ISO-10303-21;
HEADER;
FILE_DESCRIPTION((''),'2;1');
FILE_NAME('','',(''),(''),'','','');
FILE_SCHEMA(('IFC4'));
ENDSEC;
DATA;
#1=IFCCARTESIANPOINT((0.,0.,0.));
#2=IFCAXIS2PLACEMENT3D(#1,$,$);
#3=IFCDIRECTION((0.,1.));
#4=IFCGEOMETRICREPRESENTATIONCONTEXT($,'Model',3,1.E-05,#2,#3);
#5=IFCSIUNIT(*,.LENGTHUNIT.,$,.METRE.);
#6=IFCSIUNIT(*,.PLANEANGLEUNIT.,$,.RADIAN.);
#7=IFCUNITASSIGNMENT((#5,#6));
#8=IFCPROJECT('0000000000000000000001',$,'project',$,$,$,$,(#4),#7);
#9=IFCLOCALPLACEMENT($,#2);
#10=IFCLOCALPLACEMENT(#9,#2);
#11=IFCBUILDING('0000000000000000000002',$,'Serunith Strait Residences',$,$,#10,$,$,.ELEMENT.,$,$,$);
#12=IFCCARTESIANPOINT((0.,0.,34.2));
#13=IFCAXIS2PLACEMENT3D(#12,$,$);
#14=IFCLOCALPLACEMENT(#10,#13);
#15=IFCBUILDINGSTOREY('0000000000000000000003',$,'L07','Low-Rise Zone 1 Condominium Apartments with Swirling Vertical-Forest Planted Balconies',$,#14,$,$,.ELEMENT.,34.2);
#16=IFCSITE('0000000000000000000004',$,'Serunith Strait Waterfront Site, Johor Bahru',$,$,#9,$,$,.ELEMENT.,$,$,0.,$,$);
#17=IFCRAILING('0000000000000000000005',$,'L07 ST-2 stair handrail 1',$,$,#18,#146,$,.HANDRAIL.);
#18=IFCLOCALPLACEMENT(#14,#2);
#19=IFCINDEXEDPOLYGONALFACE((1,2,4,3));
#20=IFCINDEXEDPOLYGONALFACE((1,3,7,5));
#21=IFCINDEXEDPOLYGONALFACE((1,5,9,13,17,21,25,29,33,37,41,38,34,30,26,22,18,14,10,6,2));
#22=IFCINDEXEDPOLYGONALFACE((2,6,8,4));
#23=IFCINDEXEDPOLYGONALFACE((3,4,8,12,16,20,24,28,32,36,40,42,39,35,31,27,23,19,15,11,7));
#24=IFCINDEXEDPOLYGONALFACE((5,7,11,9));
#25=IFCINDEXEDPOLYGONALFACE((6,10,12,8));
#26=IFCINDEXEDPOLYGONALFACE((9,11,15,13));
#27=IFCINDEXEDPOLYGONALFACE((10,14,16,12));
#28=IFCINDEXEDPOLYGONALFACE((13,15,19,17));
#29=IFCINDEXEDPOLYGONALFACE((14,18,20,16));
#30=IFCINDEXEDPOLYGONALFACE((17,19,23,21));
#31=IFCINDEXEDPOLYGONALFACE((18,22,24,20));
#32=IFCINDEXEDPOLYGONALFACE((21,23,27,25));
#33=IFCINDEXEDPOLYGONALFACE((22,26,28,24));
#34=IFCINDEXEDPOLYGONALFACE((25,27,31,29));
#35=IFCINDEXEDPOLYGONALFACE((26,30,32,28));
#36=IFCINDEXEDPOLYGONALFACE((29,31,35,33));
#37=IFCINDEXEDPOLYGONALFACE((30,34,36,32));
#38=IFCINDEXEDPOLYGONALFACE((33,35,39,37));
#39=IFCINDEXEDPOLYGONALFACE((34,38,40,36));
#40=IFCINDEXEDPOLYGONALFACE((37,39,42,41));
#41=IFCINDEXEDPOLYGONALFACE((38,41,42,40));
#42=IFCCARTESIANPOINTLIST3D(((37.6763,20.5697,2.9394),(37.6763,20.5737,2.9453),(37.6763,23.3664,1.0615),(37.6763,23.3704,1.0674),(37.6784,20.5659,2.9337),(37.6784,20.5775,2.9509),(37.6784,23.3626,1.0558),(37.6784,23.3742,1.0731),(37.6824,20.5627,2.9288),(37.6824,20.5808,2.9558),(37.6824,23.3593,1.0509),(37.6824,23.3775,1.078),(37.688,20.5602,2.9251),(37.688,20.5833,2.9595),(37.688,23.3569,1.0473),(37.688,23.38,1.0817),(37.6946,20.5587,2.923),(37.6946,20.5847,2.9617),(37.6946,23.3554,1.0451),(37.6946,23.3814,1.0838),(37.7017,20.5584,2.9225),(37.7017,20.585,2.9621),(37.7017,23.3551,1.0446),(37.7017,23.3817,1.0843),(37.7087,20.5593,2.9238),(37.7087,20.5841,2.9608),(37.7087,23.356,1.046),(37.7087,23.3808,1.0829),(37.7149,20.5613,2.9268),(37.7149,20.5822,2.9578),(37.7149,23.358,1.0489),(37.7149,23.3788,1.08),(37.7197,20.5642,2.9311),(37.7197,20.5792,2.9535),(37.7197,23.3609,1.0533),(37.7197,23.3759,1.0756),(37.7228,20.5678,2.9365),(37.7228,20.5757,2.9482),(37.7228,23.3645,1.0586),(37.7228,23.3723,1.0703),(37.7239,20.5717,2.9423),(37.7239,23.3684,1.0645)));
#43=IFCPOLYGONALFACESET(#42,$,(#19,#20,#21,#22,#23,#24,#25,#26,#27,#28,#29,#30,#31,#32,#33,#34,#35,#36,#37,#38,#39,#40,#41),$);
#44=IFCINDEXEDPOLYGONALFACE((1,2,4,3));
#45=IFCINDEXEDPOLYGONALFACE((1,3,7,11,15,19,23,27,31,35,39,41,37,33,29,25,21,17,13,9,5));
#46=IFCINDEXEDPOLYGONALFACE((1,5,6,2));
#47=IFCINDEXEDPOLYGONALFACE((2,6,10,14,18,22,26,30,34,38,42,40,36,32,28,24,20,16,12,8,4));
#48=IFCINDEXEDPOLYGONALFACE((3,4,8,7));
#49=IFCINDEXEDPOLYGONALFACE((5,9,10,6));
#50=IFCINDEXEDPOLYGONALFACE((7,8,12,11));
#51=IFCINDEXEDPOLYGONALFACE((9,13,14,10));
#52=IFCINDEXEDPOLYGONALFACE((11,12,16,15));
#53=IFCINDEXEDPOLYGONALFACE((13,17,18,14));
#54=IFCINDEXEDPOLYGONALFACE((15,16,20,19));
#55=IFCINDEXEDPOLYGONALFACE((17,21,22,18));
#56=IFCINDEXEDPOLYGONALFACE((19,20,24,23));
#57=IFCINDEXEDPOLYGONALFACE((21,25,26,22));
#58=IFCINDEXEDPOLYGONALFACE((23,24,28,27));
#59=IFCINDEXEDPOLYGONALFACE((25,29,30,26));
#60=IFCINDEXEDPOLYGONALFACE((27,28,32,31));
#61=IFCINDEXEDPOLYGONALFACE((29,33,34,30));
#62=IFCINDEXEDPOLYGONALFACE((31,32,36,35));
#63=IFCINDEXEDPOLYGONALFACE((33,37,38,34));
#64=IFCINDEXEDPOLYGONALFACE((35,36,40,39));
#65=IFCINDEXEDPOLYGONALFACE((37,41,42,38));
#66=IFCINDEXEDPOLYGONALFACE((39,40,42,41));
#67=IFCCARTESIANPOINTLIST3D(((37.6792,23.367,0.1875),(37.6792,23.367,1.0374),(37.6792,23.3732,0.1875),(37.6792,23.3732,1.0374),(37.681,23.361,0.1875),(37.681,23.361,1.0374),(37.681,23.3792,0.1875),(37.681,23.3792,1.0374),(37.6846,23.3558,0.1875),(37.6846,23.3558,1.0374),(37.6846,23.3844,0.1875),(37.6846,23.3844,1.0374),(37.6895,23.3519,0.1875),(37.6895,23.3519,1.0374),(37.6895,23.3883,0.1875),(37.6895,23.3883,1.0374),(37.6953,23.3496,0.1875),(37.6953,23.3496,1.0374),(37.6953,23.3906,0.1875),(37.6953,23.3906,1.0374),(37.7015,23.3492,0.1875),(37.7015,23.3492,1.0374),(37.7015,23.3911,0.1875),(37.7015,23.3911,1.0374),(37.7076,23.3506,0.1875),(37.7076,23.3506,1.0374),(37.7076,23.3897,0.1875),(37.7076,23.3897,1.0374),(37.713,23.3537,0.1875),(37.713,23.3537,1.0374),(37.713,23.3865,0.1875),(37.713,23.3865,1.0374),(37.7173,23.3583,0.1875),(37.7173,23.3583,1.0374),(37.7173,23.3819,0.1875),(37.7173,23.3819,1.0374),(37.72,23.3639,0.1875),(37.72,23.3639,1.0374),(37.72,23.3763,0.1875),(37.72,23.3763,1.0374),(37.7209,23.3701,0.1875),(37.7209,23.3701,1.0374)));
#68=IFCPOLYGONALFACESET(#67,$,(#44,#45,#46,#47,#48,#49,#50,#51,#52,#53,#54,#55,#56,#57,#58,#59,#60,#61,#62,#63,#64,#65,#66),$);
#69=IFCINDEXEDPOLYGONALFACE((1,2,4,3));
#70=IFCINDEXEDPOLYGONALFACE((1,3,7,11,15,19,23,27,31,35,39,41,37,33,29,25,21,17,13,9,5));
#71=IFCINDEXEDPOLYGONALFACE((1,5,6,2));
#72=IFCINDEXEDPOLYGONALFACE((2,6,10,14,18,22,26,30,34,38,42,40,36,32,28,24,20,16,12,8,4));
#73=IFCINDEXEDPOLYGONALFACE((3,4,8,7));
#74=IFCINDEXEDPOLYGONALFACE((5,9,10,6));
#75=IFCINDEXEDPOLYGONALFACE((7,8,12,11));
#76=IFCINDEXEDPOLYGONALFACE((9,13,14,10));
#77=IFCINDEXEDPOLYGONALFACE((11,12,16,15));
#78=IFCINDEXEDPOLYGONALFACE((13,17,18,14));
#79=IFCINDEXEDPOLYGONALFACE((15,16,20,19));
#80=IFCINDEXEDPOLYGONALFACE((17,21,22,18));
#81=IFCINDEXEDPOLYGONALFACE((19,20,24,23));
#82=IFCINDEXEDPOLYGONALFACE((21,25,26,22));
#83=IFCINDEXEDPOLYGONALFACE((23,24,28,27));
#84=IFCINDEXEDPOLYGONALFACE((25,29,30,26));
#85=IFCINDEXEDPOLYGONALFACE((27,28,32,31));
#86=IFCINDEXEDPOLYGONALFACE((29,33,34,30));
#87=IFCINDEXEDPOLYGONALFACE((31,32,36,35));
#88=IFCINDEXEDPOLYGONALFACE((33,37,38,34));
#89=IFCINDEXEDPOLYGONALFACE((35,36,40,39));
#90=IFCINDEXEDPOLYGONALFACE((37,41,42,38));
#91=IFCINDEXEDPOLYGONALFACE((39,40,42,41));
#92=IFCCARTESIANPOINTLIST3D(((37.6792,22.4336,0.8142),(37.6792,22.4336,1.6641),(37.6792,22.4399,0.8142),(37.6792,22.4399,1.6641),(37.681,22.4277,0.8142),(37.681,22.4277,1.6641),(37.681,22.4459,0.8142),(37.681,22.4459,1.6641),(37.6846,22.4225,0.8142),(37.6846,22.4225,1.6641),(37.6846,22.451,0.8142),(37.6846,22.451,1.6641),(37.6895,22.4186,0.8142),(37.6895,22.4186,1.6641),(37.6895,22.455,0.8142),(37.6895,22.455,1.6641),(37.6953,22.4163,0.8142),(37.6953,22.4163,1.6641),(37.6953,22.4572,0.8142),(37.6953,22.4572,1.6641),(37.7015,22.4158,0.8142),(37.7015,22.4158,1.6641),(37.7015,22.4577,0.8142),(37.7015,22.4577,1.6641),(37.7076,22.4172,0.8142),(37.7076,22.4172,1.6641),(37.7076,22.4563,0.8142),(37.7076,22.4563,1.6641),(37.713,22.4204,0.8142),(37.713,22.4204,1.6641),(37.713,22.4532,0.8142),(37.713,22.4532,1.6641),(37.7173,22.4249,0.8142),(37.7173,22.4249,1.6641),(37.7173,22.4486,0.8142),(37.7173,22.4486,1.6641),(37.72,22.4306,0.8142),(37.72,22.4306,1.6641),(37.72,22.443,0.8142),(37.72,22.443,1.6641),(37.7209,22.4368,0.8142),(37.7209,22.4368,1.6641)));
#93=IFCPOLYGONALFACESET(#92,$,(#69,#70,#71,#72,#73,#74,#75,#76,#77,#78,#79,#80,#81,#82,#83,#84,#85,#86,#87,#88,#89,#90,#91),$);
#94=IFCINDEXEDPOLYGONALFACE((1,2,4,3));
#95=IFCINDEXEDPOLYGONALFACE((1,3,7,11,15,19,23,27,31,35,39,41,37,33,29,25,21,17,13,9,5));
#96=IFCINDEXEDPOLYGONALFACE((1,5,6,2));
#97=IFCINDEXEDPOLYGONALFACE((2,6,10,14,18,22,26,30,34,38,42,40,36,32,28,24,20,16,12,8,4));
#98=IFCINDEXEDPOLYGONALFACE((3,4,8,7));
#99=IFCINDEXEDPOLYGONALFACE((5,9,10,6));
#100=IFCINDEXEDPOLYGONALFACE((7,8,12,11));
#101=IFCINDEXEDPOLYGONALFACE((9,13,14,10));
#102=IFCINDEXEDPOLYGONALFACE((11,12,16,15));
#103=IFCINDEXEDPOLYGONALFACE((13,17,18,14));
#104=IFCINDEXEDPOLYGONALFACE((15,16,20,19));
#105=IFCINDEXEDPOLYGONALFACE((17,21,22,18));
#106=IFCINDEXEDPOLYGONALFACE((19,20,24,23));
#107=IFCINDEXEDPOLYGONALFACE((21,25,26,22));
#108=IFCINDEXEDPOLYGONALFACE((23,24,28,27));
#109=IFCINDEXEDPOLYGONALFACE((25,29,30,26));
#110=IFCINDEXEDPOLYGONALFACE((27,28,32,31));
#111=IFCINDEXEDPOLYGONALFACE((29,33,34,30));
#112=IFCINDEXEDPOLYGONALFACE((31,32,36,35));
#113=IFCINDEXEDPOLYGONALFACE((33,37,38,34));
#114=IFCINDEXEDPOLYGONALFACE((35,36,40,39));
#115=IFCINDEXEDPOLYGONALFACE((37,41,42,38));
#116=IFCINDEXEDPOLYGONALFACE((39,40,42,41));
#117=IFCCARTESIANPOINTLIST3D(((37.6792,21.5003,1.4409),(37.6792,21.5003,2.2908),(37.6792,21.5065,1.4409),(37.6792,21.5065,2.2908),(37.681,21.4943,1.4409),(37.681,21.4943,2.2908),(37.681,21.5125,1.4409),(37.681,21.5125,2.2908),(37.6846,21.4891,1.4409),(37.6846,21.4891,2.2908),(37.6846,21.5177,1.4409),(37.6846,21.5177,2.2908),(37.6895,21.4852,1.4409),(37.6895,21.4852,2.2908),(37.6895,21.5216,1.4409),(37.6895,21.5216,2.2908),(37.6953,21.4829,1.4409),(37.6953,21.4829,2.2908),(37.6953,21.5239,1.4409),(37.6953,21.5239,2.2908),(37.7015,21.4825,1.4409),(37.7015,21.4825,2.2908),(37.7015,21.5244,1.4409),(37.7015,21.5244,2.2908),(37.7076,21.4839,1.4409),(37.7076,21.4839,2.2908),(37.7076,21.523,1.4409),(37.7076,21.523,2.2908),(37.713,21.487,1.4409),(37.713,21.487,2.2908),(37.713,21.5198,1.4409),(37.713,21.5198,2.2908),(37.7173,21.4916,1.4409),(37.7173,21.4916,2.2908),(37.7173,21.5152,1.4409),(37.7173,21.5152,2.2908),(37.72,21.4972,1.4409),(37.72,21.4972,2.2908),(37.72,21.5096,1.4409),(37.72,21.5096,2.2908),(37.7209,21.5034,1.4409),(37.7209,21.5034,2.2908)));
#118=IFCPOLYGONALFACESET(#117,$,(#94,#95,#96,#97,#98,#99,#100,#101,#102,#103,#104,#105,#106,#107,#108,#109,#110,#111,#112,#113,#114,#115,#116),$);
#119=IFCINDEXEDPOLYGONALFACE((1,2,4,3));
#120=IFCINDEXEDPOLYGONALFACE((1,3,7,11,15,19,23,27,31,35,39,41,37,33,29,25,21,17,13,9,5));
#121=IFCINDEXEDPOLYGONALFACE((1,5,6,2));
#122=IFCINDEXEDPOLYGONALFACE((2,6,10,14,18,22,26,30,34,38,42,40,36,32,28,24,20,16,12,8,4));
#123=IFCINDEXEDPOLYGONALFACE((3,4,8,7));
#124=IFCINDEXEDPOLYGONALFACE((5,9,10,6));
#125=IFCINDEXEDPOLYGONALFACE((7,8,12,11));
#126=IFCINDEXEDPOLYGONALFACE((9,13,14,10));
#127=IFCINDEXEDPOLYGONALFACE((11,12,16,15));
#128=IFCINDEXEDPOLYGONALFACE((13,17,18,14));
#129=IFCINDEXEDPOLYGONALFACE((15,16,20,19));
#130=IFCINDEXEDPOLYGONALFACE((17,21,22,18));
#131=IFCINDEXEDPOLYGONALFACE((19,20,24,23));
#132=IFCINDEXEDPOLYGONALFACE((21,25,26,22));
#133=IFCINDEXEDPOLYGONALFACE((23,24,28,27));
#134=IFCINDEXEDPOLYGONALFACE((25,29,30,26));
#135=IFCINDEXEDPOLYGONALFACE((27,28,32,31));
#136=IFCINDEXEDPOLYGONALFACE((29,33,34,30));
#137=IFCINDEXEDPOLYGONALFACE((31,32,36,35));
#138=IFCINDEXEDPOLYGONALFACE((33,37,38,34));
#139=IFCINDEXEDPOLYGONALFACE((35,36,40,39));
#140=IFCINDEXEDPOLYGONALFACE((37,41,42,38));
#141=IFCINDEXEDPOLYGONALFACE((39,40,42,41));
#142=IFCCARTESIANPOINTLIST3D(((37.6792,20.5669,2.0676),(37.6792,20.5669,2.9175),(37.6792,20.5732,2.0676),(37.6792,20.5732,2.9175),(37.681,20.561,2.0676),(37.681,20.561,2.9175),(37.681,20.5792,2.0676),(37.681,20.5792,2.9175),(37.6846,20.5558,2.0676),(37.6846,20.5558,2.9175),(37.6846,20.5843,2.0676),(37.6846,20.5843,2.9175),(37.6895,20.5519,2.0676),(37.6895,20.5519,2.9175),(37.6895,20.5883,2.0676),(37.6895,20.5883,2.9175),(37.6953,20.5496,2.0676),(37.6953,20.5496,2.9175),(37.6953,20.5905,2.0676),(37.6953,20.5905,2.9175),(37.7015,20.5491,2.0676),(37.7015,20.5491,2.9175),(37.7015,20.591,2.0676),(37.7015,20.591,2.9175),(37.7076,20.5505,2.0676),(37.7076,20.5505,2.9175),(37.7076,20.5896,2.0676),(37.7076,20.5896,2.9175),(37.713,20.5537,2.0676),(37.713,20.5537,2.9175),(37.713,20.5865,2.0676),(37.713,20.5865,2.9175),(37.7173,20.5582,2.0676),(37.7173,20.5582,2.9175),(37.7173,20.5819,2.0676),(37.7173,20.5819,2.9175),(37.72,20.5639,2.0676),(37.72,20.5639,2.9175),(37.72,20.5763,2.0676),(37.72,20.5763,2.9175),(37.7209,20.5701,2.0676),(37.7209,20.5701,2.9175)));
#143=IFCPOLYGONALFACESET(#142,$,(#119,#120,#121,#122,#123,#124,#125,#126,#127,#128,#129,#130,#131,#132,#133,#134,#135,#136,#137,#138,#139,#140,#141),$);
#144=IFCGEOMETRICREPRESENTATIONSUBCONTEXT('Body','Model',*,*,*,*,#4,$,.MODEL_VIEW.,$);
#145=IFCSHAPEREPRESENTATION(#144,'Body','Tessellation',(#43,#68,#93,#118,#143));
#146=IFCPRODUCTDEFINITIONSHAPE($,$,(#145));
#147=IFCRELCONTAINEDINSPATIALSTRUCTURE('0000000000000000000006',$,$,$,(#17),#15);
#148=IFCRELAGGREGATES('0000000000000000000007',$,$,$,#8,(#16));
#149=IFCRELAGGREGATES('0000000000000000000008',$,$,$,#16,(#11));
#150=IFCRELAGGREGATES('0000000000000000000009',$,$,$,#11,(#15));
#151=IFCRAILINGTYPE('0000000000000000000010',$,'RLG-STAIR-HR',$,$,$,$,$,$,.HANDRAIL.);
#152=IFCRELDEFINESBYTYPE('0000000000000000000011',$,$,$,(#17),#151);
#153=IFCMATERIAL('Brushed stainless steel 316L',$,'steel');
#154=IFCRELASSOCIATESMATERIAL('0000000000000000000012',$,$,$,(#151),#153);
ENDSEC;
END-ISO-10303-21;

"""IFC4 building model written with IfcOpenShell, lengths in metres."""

from ifc_helpers import new_model, si_unit, direction, frame, origin, origin_2d, place, context, subcontext, project, spatial, circle, extrude, material, type_object, element, save


model = new_model("IFC4")

# Units and contexts
model_context = context("Model", 3, precision=1e-05, world=origin(), true_north=direction((0.0, 1.0)))
body_context = subcontext(model_context, "Body", "Model", "MODEL_VIEW")
ifc_project = project(units=[si_unit("LENGTHUNIT", "METRE"), si_unit("PLANEANGLEUNIT", "RADIAN")], contexts=[model_context])

# Site, building, storey
site_placement = place(None, origin())
site = spatial("IfcSite", under=ifc_project, at=site_placement, Name="Serunith Strait Waterfront Site, Johor Bahru", CompositionType="ELEMENT", RefElevation=0.0)
building_placement = place(site_placement, origin())
building = spatial("IfcBuilding", under=site, at=building_placement, Name="Serunith Strait Residences", CompositionType="ELEMENT")
storey_placement = place(building_placement, frame((0.0, 0.0, 34.2)))
storey = spatial("IfcBuildingStorey", under=building, at=storey_placement, Name="L07", Description="Low-Rise Zone 1 Condominium Apartments with Swirling Vertical-Forest Planted Balconies", CompositionType="ELEMENT", Elevation=34.2)

# Railing
ifc_material_1 = material(Name="Brushed stainless steel 316L", Category="steel")
railing_type_1 = type_object("IfcRailingType", Name="RLG-STAIR-HR", PredefinedType="HANDRAIL", material=ifc_material_1)
railing_1_placement = place(storey_placement, frame((37.7, 23.3701, 0.1875)))
element("IfcRailing", 1, at=railing_1_placement, inside=storey, type_object=railing_type_1, Name="L07 ST-2 stair handrail 1", PredefinedType="HANDRAIL", context=body_context, shape_type="SweptSolid", body=[
    extrude(circle(Radius=0.0239, at=origin_2d()), frame((0.0, -0.0017, 0.877), z_axis=(0.0, -0.830208, 0.557453), x_axis=(1.0, 0.0, 0.0)), (0.0, 0.0, 1.0), 3.3687),
    extrude(circle(Radius=0.021, at=origin_2d()), origin(), (0.0, 0.0, 1.0), 0.8499),
    extrude(circle(Radius=0.021, at=origin_2d()), frame((0.0, -0.9333, 0.6267)), (0.0, 0.0, 1.0), 0.8499),
    extrude(circle(Radius=0.021, at=origin_2d()), frame((0.0, -1.8667, 1.2534)), (0.0, 0.0, 1.0), 0.8499),
    extrude(circle(Radius=0.021, at=origin_2d()), frame((0.0, -2.8, 1.8801)), (0.0, 0.0, 1.0), 0.8499),
])

save(model, "model.ifc")
